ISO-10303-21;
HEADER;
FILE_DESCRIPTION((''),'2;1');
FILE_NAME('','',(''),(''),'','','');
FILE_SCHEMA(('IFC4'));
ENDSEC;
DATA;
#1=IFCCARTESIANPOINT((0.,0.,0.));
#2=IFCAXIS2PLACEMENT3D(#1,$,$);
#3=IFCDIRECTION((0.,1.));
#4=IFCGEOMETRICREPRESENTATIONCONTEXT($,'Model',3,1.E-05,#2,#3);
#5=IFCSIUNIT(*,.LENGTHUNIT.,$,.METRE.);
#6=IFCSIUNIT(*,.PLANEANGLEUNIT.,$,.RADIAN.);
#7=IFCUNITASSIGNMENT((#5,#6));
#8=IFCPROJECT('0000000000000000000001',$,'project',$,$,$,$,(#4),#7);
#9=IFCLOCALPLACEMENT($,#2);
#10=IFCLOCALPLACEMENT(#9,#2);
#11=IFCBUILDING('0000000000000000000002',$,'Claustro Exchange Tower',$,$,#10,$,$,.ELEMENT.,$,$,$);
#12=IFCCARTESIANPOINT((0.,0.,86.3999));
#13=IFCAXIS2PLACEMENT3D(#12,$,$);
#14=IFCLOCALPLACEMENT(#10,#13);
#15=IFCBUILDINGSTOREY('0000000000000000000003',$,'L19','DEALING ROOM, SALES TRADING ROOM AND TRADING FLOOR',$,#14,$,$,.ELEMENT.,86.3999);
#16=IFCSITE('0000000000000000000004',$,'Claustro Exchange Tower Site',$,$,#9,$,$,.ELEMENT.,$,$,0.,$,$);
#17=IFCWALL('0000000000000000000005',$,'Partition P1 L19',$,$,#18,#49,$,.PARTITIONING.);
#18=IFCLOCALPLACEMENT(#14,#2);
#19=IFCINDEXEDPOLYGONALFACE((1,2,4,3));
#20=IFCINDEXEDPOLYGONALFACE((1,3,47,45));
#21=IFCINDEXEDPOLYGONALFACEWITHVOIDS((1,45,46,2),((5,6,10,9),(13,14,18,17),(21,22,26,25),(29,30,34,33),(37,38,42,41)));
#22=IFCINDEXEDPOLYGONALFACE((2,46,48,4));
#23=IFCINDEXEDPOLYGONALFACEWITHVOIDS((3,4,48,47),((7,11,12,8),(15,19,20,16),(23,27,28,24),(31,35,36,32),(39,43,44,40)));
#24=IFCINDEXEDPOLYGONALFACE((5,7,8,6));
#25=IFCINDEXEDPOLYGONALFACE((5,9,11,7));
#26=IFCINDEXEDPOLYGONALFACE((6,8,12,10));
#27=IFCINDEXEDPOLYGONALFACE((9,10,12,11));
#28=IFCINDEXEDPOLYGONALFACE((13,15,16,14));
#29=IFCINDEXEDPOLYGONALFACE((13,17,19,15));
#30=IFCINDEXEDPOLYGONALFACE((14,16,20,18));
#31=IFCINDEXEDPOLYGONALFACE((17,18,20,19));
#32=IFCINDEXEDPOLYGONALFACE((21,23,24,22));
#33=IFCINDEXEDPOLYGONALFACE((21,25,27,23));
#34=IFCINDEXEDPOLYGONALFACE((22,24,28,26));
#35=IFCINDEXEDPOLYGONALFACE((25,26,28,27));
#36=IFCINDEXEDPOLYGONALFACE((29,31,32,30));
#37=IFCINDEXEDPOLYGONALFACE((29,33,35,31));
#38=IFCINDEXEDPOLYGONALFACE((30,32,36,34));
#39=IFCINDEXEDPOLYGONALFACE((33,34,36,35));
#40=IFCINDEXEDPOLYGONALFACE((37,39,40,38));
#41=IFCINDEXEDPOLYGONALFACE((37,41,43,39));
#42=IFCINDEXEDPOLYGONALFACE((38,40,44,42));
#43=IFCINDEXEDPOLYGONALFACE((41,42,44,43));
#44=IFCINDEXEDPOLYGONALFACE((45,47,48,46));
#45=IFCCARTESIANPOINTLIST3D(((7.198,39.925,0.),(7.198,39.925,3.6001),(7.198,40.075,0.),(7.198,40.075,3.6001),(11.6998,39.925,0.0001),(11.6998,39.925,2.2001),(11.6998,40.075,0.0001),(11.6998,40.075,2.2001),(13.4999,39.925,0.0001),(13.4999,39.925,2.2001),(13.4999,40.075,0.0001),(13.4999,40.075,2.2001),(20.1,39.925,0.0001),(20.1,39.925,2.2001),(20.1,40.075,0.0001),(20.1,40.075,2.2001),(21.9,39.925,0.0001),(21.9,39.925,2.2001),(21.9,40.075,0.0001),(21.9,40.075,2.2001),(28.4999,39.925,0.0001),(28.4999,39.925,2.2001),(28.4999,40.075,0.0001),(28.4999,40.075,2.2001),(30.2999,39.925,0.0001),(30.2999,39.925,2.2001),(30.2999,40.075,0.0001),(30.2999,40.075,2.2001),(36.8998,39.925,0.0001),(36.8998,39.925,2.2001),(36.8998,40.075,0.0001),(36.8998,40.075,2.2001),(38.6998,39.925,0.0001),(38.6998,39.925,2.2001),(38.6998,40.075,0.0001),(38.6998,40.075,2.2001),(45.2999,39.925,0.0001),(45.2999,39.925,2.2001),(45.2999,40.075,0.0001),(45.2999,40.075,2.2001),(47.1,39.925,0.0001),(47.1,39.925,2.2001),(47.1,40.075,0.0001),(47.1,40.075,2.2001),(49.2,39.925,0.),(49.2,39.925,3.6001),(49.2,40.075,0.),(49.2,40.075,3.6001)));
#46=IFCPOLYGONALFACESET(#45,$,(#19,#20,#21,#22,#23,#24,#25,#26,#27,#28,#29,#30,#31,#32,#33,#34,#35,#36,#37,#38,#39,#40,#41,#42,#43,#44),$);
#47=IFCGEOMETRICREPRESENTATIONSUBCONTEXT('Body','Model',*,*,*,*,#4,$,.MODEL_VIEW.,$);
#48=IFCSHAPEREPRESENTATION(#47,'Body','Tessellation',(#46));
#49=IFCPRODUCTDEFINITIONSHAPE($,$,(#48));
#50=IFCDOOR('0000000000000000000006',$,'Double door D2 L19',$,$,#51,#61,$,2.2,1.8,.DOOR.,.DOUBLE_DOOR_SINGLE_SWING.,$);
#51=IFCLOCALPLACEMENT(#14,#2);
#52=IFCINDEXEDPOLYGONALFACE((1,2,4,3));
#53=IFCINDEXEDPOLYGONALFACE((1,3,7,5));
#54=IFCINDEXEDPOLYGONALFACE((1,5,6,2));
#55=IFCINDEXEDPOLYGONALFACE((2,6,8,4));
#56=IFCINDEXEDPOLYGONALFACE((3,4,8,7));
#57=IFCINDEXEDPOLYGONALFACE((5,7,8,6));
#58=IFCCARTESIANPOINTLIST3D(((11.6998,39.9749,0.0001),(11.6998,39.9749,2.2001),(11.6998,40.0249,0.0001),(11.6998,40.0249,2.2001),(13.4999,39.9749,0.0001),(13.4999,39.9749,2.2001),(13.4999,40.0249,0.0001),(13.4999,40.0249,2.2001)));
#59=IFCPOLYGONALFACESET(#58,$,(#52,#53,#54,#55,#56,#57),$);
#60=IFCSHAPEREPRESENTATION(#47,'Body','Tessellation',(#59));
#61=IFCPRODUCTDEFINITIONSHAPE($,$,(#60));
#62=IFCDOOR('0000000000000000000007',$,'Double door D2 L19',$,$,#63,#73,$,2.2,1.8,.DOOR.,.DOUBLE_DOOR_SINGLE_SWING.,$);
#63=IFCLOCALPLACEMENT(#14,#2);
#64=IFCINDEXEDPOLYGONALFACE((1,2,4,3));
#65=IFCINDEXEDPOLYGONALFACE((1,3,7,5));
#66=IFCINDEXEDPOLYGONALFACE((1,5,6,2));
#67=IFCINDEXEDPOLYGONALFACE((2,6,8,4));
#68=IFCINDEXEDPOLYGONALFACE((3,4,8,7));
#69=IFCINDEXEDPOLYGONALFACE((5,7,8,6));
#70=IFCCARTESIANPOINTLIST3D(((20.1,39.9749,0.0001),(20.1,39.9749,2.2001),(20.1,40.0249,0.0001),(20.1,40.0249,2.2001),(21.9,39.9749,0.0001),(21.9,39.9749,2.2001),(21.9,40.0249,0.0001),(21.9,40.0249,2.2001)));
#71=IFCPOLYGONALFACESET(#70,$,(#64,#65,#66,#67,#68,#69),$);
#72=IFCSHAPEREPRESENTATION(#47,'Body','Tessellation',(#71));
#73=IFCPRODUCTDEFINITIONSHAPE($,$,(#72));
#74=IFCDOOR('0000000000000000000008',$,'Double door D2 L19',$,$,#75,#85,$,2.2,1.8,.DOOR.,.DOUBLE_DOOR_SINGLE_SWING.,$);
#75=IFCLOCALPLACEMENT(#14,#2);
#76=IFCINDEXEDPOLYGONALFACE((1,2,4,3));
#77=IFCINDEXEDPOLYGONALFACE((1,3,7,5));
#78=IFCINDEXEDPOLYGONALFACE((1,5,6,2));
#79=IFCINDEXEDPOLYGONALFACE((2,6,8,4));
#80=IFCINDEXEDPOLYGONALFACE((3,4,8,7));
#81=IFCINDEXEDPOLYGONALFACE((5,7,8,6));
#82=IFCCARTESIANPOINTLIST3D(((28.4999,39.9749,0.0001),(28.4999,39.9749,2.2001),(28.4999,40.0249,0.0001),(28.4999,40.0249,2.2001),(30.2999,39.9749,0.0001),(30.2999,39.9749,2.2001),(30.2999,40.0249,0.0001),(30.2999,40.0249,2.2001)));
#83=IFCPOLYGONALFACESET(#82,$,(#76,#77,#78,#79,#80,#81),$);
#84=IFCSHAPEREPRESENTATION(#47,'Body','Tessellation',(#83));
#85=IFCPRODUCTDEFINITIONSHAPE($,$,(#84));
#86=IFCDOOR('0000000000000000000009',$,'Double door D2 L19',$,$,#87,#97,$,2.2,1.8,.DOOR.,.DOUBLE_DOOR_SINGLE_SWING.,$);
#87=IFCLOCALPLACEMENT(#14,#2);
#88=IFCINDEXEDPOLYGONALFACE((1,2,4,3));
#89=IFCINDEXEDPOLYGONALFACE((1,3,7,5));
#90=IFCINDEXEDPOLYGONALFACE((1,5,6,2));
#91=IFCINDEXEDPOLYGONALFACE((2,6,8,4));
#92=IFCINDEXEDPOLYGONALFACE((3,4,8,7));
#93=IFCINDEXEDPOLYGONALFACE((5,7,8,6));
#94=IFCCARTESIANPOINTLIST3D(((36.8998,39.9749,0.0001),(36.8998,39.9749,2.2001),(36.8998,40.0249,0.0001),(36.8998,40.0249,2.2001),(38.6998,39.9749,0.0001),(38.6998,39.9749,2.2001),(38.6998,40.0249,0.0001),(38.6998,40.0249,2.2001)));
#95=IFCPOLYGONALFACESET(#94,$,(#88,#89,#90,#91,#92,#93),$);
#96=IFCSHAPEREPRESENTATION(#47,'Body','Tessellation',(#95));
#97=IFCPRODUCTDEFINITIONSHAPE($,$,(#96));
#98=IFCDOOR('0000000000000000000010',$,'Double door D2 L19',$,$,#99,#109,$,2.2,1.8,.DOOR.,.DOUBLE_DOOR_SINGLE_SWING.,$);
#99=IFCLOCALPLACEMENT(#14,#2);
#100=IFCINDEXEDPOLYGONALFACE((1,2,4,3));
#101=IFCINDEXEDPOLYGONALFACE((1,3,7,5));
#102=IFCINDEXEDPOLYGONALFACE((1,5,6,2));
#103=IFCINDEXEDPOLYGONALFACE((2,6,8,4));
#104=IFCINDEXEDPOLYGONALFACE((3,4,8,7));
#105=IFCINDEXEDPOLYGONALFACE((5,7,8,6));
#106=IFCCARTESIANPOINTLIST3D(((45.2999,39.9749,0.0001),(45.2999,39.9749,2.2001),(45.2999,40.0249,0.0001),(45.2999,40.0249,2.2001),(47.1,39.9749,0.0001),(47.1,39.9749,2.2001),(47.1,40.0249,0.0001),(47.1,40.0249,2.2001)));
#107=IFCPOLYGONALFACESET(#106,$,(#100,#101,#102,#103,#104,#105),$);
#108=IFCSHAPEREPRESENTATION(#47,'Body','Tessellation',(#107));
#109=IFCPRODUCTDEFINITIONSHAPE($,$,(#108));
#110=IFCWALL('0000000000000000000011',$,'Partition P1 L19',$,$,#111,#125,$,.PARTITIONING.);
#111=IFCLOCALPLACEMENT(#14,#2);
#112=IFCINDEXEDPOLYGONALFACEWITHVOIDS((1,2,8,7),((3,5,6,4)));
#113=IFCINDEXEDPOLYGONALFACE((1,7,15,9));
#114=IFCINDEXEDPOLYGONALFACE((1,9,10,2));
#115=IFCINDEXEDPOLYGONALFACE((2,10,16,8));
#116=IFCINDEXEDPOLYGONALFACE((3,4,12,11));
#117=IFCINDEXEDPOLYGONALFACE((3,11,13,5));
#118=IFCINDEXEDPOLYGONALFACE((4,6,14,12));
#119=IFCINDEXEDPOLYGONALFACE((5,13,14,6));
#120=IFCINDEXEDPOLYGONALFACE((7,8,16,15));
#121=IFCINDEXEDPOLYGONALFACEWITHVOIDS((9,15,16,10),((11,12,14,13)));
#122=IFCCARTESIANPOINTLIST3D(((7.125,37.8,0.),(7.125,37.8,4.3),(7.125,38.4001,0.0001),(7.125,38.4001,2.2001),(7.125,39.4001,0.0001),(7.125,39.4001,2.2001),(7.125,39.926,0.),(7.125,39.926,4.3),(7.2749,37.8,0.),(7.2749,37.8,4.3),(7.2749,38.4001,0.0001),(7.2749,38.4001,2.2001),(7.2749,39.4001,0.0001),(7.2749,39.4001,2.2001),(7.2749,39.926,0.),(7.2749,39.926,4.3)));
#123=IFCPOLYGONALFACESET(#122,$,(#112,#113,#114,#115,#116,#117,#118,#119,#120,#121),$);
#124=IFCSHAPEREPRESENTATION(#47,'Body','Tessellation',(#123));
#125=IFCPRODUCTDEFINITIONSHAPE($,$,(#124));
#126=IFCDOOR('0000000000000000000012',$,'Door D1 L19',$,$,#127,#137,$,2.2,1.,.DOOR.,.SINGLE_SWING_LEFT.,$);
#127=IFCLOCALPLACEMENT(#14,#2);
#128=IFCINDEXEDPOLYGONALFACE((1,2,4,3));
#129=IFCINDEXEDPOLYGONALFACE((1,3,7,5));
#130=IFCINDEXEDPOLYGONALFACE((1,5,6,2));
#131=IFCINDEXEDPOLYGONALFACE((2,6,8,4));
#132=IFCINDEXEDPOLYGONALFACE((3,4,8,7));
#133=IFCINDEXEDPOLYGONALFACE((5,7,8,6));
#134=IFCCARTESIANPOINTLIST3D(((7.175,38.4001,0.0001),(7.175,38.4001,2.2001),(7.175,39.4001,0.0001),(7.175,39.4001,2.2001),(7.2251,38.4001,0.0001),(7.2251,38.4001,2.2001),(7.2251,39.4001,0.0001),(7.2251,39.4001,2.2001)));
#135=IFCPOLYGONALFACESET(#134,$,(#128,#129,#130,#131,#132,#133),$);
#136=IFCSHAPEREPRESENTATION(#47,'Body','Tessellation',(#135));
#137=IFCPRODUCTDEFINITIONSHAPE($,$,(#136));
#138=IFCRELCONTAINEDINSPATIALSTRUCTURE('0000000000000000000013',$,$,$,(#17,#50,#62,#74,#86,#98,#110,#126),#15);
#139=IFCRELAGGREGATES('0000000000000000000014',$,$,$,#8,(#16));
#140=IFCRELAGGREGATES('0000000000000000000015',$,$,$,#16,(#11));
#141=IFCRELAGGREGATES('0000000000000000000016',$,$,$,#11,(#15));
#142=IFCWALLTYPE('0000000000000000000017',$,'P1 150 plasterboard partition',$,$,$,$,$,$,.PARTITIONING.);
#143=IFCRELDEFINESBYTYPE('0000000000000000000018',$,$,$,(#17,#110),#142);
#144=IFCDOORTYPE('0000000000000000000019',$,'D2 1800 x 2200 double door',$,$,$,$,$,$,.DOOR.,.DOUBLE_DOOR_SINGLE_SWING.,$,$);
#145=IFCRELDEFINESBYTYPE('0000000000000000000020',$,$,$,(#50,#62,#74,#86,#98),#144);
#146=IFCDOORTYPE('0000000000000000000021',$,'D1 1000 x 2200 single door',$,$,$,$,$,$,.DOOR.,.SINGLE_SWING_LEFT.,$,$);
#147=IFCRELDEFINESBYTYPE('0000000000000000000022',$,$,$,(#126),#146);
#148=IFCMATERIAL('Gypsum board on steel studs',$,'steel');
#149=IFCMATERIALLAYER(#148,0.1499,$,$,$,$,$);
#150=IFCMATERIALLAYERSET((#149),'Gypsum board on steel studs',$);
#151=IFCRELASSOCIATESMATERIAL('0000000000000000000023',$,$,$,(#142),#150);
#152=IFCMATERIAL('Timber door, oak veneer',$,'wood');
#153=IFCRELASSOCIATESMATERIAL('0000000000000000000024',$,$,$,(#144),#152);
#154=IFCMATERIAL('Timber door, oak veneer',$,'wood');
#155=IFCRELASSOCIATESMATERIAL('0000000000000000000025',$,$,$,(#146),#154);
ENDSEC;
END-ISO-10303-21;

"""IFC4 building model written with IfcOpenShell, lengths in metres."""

from ifc_helpers import new_model, si_unit, direction, frame, frame_2d, origin, place, context, subcontext, project, spatial, rectangle, extrude, material, layer, layer_set, type_object, element, fill, save


model = new_model("IFC4")

# Units and contexts
model_context = context("Model", 3, precision=1e-05, world=origin(), true_north=direction((0.0, 1.0)))
body_context = subcontext(model_context, "Body", "Model", "MODEL_VIEW")
ifc_project = project(units=[si_unit("LENGTHUNIT", "METRE"), si_unit("PLANEANGLEUNIT", "RADIAN")], contexts=[model_context])

# Site, building, storey
site_placement = place(None, origin())
site = spatial("IfcSite", under=ifc_project, at=site_placement, Name="Claustro Exchange Tower Site", CompositionType="ELEMENT", RefElevation=0.0)
building_placement = place(site_placement, origin())
building = spatial("IfcBuilding", under=site, at=building_placement, Name="Claustro Exchange Tower", CompositionType="ELEMENT")
storey_placement = place(building_placement, frame((0.0, 0.0, 86.3999)))
storey = spatial("IfcBuildingStorey", under=building, at=storey_placement, Name="L19", Description="DEALING ROOM, SALES TRADING ROOM AND TRADING FLOOR", CompositionType="ELEMENT", Elevation=86.3999)

# Wall, openings, doors
ifc_material_1 = material(Name="Gypsum board on steel studs", Category="steel")
ifc_layer = layer(ifc_material_1, 0.1499)
ifc_layer_set = layer_set([ifc_layer], Name="Gypsum board on steel studs")
wall_type = type_object("IfcWallType", Name="P1 150 plasterboard partition", PredefinedType="PARTITIONING", material=ifc_layer_set)
wall_1_placement = place(storey_placement, frame((7.198, 40.0, 0.0), z_axis=(0.0, 0.0, 1.0), x_axis=(1.0, 0.0, 0.0)))
wall_1 = element("IfcWall", 1, at=wall_1_placement, inside=storey, type_object=wall_type, Name="Partition P1 L19", PredefinedType="PARTITIONING", context=body_context, shape_type="SweptSolid", body=[
    extrude(rectangle(XDim=42.002, YDim=0.1499, at=frame_2d((21.001, 0.0))), origin(), (0.0, 0.0, 1.0), 3.6001),
])
opening_1_placement = place(wall_1_placement, frame((4.502, 0.0, 0.0)))
opening_1 = element("IfcOpeningElement", 2, at=opening_1_placement, cuts=wall_1, PredefinedType="OPENING", context=body_context, shape_type="SweptSolid", body=[
    extrude(rectangle(XDim=1.8, YDim=2.2, at=frame_2d((0.8999, 1.1001))), frame((0.0, 0.085, 0.0), z_axis=(0.0, -1.0, 0.0), x_axis=(1.0, 0.0, 0.0)), (0.0, 0.0, 1.0), 0.1699),
])
opening_2_placement = place(wall_1_placement, frame((12.9021, 0.0, 0.0)))
opening_2 = element("IfcOpeningElement", 3, at=opening_2_placement, cuts=wall_1, PredefinedType="OPENING", context=body_context, shape_type="SweptSolid", body=[
    extrude(rectangle(XDim=1.8, YDim=2.2, at=frame_2d((0.8999, 1.1001))), frame((0.0, 0.085, 0.0), z_axis=(0.0, -1.0, 0.0), x_axis=(1.0, 0.0, 0.0)), (0.0, 0.0, 1.0), 0.1699),
])
opening_3_placement = place(wall_1_placement, frame((21.302, 0.0, 0.0)))
opening_3 = element("IfcOpeningElement", 4, at=opening_3_placement, cuts=wall_1, PredefinedType="OPENING", context=body_context, shape_type="SweptSolid", body=[
    extrude(rectangle(XDim=1.8, YDim=2.2, at=frame_2d((0.8999, 1.1001))), frame((0.0, 0.085, 0.0), z_axis=(0.0, -1.0, 0.0), x_axis=(1.0, 0.0, 0.0)), (0.0, 0.0, 1.0), 0.1699),
])
opening_4_placement = place(wall_1_placement, frame((29.7019, 0.0, 0.0)))
opening_4 = element("IfcOpeningElement", 5, at=opening_4_placement, cuts=wall_1, PredefinedType="OPENING", context=body_context, shape_type="SweptSolid", body=[
    extrude(rectangle(XDim=1.8, YDim=2.2, at=frame_2d((0.8999, 1.1001))), frame((0.0, 0.085, 0.0), z_axis=(0.0, -1.0, 0.0), x_axis=(1.0, 0.0, 0.0)), (0.0, 0.0, 1.0), 0.1699),
])
opening_5_placement = place(wall_1_placement, frame((38.1021, 0.0, 0.0)))
opening_5 = element("IfcOpeningElement", 6, at=opening_5_placement, cuts=wall_1, PredefinedType="OPENING", context=body_context, shape_type="SweptSolid", body=[
    extrude(rectangle(XDim=1.8, YDim=2.2, at=frame_2d((0.8999, 1.1001))), frame((0.0, 0.085, 0.0), z_axis=(0.0, -1.0, 0.0), x_axis=(1.0, 0.0, 0.0)), (0.0, 0.0, 1.0), 0.1699),
])
ifc_material_2 = material(Name="Timber door, oak veneer", Category="wood")
door_type_1 = type_object("IfcDoorType", Name="D2 1800 x 2200 double door", OperationType="DOUBLE_DOOR_SINGLE_SWING", PredefinedType="DOOR", material=ifc_material_2)
door_1_placement = place(opening_1_placement, origin())
door_1 = element("IfcDoor", 7, at=door_1_placement, inside=storey, type_object=door_type_1, Name="Double door D2 L19", OperationType="DOUBLE_DOOR_SINGLE_SWING", OverallHeight=2.2, OverallWidth=1.8, PredefinedType="DOOR", context=body_context, shape_type="SweptSolid", body=[
    extrude(rectangle(XDim=1.8, YDim=2.2, at=frame_2d((0.8999, 1.1001))), frame((0.0, 0.0249, 0.0), z_axis=(0.0, -1.0, 0.0), x_axis=(1.0, 0.0, 0.0)), (0.0, 0.0, 1.0), 0.05),
])
fill(opening_1, door_1)
door_2_placement = place(opening_2_placement, origin())
door_2 = element("IfcDoor", 8, at=door_2_placement, inside=storey, type_object=door_type_1, Name="Double door D2 L19", OperationType="DOUBLE_DOOR_SINGLE_SWING", OverallHeight=2.2, OverallWidth=1.8, PredefinedType="DOOR", context=body_context, shape_type="SweptSolid", body=[
    extrude(rectangle(XDim=1.8, YDim=2.2, at=frame_2d((0.8999, 1.1001))), frame((0.0, 0.0249, 0.0), z_axis=(0.0, -1.0, 0.0), x_axis=(1.0, 0.0, 0.0)), (0.0, 0.0, 1.0), 0.05),
])
fill(opening_2, door_2)
door_3_placement = place(opening_3_placement, origin())
door_3 = element("IfcDoor", 9, at=door_3_placement, inside=storey, type_object=door_type_1, Name="Double door D2 L19", OperationType="DOUBLE_DOOR_SINGLE_SWING", OverallHeight=2.2, OverallWidth=1.8, PredefinedType="DOOR", context=body_context, shape_type="SweptSolid", body=[
    extrude(rectangle(XDim=1.8, YDim=2.2, at=frame_2d((0.8999, 1.1001))), frame((0.0, 0.0249, 0.0), z_axis=(0.0, -1.0, 0.0), x_axis=(1.0, 0.0, 0.0)), (0.0, 0.0, 1.0), 0.05),
])
fill(opening_3, door_3)
door_4_placement = place(opening_4_placement, origin())
door_4 = element("IfcDoor", 10, at=door_4_placement, inside=storey, type_object=door_type_1, Name="Double door D2 L19", OperationType="DOUBLE_DOOR_SINGLE_SWING", OverallHeight=2.2, OverallWidth=1.8, PredefinedType="DOOR", context=body_context, shape_type="SweptSolid", body=[
    extrude(rectangle(XDim=1.8, YDim=2.2, at=frame_2d((0.8999, 1.1001))), frame((0.0, 0.0249, 0.0), z_axis=(0.0, -1.0, 0.0), x_axis=(1.0, 0.0, 0.0)), (0.0, 0.0, 1.0), 0.05),
])
fill(opening_4, door_4)
door_5_placement = place(opening_5_placement, origin())
door_5 = element("IfcDoor", 11, at=door_5_placement, inside=storey, type_object=door_type_1, Name="Double door D2 L19", OperationType="DOUBLE_DOOR_SINGLE_SWING", OverallHeight=2.2, OverallWidth=1.8, PredefinedType="DOOR", context=body_context, shape_type="SweptSolid", body=[
    extrude(rectangle(XDim=1.8, YDim=2.2, at=frame_2d((0.8999, 1.1001))), frame((0.0, 0.0249, 0.0), z_axis=(0.0, -1.0, 0.0), x_axis=(1.0, 0.0, 0.0)), (0.0, 0.0, 1.0), 0.05),
])
fill(opening_5, door_5)

# Wall, opening, door
wall_2_placement = place(storey_placement, frame((7.2, 37.8, 0.0), z_axis=(0.0, 0.0, 1.0), x_axis=(0.0, 1.0, 0.0)))
wall_2 = element("IfcWall", 12, at=wall_2_placement, inside=storey, type_object=wall_type, Name="Partition P1 L19", PredefinedType="PARTITIONING", context=body_context, shape_type="SweptSolid", body=[
    extrude(rectangle(XDim=2.126, YDim=0.1499, at=frame_2d((1.063, 0.0))), origin(), (0.0, 0.0, 1.0), 4.3),
])
opening_6_placement = place(wall_2_placement, frame((0.6001, 0.0, 0.0)))
opening_6 = element("IfcOpeningElement", 13, at=opening_6_placement, cuts=wall_2, PredefinedType="OPENING", context=body_context, shape_type="SweptSolid", body=[
    extrude(rectangle(XDim=1.0, YDim=2.2, at=frame_2d((0.5, 1.1001))), frame((0.0, 0.085, 0.0), z_axis=(0.0, -1.0, 0.0), x_axis=(1.0, 0.0, 0.0)), (0.0, 0.0, 1.0), 0.1699),
])
ifc_material_3 = material(Name="Timber door, oak veneer", Category="wood")
door_type_2 = type_object("IfcDoorType", Name="D1 1000 x 2200 single door", OperationType="SINGLE_SWING_LEFT", PredefinedType="DOOR", material=ifc_material_3)
door_6_placement = place(opening_6_placement, origin())
door_6 = element("IfcDoor", 14, at=door_6_placement, inside=storey, type_object=door_type_2, Name="Door D1 L19", OperationType="SINGLE_SWING_LEFT", OverallHeight=2.2, OverallWidth=1.0, PredefinedType="DOOR", context=body_context, shape_type="SweptSolid", body=[
    extrude(rectangle(XDim=1.0, YDim=2.2, at=frame_2d((0.5, 1.1001))), frame((0.0, 0.0249, 0.0), z_axis=(0.0, -1.0, 0.0), x_axis=(1.0, 0.0, 0.0)), (0.0, 0.0, 1.0), 0.05),
])
fill(opening_6, door_6)

save(model, "model.ifc")
